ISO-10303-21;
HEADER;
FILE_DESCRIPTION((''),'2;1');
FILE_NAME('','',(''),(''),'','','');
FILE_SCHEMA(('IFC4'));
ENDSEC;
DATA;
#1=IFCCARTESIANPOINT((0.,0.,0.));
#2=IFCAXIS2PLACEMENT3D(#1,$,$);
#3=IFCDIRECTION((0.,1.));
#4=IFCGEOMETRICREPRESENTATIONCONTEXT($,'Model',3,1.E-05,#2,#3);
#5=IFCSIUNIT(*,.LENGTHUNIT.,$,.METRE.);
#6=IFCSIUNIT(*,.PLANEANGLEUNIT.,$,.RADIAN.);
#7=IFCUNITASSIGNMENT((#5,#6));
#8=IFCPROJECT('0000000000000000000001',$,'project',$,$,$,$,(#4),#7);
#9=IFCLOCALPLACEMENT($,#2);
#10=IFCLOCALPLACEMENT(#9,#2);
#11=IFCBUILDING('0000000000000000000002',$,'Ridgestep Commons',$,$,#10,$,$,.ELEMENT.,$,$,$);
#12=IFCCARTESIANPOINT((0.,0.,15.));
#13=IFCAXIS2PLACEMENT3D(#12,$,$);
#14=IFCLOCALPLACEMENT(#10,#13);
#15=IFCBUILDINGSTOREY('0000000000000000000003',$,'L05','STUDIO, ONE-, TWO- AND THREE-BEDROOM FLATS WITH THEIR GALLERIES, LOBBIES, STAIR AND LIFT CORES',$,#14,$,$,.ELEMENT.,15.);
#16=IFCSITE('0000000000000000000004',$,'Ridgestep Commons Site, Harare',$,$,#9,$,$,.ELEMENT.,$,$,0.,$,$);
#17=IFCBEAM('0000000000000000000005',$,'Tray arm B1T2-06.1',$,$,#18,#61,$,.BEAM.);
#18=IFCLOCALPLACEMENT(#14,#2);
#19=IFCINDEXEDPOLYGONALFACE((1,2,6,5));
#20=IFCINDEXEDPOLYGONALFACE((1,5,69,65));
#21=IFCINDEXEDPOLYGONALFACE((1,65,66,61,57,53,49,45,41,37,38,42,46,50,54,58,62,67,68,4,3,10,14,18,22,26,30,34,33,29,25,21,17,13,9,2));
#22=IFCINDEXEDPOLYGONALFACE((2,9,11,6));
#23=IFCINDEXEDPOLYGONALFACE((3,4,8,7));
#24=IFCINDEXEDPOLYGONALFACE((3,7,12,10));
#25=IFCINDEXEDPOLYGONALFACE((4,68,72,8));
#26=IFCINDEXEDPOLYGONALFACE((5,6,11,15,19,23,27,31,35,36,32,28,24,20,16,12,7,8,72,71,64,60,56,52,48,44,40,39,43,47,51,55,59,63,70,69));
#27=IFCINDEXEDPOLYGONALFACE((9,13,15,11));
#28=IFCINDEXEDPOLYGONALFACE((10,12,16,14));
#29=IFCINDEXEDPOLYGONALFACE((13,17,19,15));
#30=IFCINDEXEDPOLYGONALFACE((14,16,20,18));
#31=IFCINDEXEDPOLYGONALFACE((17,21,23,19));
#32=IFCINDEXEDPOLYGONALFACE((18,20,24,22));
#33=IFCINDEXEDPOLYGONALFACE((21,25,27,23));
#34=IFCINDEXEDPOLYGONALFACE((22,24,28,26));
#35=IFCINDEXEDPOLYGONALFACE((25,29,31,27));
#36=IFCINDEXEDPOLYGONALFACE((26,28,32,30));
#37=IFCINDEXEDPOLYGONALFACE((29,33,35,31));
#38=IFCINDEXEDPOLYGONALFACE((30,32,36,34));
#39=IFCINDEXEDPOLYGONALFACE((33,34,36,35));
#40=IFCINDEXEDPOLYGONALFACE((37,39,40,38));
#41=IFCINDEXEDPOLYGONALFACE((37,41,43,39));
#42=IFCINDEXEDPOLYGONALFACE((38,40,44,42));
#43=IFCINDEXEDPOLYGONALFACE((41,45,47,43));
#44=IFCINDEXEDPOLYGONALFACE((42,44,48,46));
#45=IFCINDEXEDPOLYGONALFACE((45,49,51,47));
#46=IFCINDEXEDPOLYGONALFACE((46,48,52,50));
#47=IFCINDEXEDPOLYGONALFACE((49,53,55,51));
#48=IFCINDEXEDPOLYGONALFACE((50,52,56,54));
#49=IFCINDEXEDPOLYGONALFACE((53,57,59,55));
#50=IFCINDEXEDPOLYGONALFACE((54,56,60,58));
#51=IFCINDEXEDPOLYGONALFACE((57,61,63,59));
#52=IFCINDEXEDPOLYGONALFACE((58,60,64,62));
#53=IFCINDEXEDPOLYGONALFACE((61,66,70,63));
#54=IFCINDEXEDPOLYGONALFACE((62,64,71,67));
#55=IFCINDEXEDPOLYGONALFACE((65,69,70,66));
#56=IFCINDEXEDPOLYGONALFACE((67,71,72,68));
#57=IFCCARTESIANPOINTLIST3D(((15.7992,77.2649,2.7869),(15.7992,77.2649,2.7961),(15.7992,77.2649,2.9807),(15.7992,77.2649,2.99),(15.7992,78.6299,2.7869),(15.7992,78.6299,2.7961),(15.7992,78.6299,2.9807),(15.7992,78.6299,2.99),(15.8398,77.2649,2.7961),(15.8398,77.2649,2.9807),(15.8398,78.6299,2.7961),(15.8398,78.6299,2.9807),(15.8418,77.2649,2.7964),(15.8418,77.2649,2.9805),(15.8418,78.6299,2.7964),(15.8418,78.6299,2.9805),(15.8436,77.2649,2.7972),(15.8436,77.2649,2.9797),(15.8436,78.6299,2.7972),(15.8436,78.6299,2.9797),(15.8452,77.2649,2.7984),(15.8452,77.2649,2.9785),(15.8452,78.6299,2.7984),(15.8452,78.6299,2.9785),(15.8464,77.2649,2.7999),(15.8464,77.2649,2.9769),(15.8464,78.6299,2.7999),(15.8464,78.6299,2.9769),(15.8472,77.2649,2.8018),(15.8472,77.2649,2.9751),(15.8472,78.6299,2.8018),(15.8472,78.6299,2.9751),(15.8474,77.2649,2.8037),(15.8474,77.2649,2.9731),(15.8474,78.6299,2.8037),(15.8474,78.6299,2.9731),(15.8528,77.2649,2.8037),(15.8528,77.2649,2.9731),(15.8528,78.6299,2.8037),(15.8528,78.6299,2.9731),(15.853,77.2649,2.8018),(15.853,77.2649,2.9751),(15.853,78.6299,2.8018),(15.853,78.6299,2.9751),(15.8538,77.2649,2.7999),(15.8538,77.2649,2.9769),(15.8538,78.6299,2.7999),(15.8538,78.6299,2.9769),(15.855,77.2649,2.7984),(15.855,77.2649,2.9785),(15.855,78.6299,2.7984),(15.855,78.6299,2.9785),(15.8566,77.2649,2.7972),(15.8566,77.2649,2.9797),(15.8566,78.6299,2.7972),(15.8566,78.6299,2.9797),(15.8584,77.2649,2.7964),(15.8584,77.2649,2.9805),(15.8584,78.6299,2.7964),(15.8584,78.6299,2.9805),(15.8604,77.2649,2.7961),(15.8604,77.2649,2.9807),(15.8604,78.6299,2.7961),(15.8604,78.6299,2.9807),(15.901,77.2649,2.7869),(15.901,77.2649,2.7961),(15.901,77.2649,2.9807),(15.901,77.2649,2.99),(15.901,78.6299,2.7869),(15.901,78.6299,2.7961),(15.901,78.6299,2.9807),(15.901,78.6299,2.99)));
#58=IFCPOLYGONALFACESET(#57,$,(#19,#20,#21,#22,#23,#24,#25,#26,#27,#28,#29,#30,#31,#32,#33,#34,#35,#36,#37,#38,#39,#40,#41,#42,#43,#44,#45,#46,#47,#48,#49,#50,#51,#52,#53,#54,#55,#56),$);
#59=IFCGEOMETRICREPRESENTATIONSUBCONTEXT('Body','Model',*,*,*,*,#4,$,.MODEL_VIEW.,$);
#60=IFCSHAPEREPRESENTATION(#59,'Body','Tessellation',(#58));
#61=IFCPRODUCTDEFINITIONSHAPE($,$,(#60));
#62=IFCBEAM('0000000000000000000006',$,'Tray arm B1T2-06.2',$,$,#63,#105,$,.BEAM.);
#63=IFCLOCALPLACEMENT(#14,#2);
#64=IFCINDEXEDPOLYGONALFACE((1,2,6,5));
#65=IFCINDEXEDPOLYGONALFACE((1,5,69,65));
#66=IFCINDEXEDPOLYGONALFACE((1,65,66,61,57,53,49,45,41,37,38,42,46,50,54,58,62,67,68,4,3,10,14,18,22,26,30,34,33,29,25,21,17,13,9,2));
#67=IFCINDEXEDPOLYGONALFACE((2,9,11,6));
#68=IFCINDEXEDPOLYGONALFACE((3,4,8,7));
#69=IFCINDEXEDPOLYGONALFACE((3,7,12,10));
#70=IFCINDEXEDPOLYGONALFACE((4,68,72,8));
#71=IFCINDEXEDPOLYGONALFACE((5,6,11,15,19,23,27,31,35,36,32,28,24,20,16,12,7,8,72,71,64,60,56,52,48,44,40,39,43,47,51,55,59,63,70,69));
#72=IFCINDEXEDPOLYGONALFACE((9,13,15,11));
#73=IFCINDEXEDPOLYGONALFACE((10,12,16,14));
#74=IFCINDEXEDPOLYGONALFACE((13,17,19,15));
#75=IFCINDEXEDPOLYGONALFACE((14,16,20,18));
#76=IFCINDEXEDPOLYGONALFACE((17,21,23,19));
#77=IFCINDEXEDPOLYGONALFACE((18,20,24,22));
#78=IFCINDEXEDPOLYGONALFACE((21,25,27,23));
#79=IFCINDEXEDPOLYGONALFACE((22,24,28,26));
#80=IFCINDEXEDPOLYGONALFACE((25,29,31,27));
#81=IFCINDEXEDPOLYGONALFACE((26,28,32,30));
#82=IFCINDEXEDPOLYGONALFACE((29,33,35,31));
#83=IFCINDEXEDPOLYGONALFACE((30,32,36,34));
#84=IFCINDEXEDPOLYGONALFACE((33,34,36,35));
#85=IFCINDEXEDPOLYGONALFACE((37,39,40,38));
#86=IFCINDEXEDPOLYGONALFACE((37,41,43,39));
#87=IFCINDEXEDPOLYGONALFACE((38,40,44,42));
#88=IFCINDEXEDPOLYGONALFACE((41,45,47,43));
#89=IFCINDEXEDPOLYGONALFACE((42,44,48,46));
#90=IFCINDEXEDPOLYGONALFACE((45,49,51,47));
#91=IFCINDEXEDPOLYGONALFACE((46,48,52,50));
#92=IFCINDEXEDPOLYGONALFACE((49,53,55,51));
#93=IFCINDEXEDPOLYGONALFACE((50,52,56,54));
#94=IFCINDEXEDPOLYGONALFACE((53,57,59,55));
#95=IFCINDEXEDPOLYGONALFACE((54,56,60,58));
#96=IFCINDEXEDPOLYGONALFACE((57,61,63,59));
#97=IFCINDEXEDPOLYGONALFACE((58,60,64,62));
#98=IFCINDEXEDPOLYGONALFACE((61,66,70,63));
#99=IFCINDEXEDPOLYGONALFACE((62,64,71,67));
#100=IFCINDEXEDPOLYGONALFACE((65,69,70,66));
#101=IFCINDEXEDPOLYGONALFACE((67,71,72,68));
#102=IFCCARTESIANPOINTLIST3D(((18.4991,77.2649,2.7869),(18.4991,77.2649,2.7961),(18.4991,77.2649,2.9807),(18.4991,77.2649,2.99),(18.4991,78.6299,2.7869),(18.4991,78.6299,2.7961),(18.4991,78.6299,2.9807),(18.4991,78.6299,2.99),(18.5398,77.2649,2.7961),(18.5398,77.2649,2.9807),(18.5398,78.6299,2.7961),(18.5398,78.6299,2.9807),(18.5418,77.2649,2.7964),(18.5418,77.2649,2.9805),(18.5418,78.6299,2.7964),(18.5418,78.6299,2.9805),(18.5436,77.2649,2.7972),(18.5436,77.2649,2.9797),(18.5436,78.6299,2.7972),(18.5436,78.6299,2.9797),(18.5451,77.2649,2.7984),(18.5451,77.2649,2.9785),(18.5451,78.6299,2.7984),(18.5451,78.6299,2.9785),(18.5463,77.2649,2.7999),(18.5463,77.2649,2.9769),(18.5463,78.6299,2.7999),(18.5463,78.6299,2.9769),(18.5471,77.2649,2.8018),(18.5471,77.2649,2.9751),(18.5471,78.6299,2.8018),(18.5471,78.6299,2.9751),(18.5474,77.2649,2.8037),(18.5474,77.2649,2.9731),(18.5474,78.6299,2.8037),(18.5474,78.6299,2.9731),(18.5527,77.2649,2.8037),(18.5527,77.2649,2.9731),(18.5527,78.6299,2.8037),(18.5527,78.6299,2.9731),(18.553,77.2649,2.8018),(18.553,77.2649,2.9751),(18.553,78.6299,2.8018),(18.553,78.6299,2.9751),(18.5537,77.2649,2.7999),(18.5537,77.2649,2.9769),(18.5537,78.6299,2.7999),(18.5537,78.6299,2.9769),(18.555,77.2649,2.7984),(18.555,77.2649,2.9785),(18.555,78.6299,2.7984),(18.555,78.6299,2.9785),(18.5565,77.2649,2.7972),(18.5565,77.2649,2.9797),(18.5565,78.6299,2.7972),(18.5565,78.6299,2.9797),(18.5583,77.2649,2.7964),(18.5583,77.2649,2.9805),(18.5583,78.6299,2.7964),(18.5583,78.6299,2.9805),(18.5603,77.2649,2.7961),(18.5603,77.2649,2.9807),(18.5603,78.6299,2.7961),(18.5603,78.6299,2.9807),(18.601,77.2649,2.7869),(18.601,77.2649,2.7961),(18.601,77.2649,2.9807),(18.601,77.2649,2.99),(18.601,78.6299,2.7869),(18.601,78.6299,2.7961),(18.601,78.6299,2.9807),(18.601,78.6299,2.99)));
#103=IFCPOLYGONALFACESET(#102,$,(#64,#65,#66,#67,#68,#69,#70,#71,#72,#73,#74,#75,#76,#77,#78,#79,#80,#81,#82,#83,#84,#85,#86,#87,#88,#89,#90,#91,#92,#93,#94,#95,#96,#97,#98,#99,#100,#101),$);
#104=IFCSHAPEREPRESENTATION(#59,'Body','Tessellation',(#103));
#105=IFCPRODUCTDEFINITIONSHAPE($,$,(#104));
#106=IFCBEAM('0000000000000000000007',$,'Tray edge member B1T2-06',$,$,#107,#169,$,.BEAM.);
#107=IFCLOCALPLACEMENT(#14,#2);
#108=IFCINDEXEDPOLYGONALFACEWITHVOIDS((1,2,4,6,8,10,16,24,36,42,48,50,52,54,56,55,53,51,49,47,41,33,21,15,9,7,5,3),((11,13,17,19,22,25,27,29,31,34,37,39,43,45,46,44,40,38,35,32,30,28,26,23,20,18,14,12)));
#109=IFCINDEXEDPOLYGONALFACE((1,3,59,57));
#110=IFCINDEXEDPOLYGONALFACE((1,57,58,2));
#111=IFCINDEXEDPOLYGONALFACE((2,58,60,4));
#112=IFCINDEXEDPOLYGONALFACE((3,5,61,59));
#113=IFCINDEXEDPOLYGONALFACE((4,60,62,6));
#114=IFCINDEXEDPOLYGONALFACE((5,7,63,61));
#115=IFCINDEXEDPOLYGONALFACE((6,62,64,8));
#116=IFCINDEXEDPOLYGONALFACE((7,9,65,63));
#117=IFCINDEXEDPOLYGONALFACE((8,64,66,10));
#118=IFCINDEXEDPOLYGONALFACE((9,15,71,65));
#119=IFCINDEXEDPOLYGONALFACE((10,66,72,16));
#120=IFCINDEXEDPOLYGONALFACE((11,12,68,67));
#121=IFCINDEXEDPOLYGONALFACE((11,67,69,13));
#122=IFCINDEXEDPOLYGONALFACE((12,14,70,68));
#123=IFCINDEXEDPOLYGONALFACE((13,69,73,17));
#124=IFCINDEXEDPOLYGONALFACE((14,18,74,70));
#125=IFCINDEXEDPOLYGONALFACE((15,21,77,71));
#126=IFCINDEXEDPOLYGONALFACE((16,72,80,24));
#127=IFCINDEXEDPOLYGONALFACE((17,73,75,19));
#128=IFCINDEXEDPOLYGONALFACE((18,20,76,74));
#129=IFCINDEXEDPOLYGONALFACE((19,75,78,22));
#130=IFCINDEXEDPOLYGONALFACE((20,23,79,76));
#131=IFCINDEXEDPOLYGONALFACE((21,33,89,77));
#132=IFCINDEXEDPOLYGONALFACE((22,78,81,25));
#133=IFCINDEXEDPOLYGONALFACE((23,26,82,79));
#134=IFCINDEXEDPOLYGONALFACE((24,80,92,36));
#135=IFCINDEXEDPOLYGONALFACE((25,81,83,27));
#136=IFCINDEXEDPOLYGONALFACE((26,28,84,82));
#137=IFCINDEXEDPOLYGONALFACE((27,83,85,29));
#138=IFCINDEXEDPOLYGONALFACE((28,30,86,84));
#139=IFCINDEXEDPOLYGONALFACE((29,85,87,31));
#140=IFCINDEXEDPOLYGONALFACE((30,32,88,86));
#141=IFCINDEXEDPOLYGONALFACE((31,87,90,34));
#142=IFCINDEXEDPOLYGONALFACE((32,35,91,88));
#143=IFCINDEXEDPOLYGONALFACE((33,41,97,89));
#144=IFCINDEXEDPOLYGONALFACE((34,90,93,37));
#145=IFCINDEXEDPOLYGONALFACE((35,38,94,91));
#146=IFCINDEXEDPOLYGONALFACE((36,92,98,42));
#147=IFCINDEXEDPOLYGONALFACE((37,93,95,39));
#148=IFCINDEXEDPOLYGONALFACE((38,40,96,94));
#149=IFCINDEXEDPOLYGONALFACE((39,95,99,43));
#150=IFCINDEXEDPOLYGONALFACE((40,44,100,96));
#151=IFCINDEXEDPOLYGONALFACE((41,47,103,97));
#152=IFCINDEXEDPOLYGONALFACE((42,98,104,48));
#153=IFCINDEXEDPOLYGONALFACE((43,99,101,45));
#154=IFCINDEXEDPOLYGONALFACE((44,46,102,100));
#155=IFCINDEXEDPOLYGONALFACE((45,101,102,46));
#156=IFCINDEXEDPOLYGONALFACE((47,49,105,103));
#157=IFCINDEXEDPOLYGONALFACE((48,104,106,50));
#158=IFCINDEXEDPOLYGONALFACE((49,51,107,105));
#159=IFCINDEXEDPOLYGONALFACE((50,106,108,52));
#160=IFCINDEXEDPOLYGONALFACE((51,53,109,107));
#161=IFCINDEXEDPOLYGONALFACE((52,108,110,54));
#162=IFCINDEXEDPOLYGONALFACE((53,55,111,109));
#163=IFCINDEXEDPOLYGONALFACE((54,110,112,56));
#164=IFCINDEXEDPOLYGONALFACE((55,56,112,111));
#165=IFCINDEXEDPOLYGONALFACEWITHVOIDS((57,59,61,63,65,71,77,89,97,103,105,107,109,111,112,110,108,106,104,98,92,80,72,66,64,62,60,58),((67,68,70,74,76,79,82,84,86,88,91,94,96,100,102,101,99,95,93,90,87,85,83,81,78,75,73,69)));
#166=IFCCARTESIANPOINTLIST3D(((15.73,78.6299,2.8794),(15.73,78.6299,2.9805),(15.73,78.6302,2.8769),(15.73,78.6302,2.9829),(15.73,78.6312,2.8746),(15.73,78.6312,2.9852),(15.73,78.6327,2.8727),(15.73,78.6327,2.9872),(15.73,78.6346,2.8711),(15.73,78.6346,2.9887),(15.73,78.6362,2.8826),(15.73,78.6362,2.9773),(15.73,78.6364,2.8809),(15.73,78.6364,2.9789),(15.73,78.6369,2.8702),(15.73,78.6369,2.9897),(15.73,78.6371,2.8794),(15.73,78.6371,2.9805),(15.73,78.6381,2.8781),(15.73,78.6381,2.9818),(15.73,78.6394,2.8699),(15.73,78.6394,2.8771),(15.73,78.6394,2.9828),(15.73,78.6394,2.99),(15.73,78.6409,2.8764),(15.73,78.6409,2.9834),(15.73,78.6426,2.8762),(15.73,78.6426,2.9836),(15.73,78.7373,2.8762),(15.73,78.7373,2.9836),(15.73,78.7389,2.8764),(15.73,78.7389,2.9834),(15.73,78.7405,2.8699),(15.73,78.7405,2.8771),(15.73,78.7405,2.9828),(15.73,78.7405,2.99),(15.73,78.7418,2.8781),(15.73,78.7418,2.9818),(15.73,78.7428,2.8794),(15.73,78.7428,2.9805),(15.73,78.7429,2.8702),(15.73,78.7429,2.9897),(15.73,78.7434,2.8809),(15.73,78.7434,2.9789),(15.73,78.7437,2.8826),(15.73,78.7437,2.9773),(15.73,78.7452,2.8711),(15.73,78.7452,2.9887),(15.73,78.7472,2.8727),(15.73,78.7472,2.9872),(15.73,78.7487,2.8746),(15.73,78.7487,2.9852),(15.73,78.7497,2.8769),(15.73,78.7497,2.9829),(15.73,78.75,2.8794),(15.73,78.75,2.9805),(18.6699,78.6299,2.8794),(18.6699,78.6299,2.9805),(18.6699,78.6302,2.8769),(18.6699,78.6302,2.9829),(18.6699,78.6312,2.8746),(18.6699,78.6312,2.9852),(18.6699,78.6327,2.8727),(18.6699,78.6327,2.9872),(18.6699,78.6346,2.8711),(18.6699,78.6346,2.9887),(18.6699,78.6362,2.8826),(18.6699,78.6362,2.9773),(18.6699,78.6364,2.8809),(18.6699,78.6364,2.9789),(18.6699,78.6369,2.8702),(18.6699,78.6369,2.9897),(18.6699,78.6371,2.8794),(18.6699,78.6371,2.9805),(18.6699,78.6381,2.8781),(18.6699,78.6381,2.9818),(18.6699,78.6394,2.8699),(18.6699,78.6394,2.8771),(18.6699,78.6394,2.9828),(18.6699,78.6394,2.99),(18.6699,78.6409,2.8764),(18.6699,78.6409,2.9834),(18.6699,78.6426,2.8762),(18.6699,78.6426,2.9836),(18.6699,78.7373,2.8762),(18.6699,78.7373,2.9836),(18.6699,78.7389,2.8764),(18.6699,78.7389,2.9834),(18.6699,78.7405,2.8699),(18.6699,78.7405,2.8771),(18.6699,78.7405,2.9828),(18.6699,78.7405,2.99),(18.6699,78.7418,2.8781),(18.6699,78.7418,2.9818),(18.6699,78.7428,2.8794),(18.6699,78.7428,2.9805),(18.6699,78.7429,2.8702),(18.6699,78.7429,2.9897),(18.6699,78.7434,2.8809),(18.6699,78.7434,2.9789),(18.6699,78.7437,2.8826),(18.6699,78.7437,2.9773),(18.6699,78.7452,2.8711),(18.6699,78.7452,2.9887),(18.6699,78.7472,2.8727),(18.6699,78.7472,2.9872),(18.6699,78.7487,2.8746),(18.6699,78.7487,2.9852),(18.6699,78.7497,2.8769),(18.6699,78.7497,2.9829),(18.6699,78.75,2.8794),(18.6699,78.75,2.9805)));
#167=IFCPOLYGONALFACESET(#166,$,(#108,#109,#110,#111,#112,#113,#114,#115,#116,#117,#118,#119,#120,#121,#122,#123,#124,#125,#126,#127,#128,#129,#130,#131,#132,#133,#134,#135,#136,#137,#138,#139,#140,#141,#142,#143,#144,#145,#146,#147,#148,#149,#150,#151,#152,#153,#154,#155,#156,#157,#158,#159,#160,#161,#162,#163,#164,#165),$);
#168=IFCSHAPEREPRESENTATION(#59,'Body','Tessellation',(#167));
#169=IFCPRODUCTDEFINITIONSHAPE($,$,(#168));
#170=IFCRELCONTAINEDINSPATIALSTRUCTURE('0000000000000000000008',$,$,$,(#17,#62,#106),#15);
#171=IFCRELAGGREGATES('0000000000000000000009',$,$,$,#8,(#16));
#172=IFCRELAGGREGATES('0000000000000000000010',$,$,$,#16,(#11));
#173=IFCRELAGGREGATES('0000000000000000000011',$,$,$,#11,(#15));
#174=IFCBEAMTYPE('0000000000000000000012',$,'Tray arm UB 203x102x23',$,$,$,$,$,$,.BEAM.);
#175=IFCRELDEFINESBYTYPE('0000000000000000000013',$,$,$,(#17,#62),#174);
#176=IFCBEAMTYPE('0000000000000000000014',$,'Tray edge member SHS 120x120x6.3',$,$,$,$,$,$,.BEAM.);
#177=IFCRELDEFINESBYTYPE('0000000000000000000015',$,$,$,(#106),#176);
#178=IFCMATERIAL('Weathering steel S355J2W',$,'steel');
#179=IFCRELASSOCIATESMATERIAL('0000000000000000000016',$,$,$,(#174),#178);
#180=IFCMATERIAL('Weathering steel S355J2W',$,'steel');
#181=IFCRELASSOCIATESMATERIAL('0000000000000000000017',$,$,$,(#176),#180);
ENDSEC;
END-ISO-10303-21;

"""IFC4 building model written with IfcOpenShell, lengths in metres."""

from ifc_helpers import new_model, si_unit, direction, frame, origin, origin_2d, place, context, subcontext, project, spatial, hollow_rectangle, i_section, extrude, material, material_profile, profile_set, type_object, element, save


model = new_model("IFC4")

# Units and contexts
model_context = context("Model", 3, precision=1e-05, world=origin(), true_north=direction((0.0, 1.0)))
body_context = subcontext(model_context, "Body", "Model", "MODEL_VIEW")
ifc_project = project(units=[si_unit("LENGTHUNIT", "METRE"), si_unit("PLANEANGLEUNIT", "RADIAN")], contexts=[model_context])

# Site, building, storey
site_placement = place(None, origin())
site = spatial("IfcSite", under=ifc_project, at=site_placement, Name="Ridgestep Commons Site, Harare", CompositionType="ELEMENT", RefElevation=0.0)
building_placement = place(site_placement, origin())
building = spatial("IfcBuilding", under=site, at=building_placement, Name="Ridgestep Commons", CompositionType="ELEMENT")
storey_placement = place(building_placement, frame((0.0, 0.0, 15.0)))
storey = spatial("IfcBuildingStorey", under=building, at=storey_placement, Name="L05", Description="STUDIO, ONE-, TWO- AND THREE-BEDROOM FLATS WITH THEIR GALLERIES, LOBBIES, STAIR AND LIFT CORES", CompositionType="ELEMENT", Elevation=15.0)

# Beams
ifc_material_1 = material(Name="Weathering steel S355J2W", Category="steel")
ifc_material_profile_1 = material_profile(ifc_material_1, i_section(OverallWidth=0.1018, OverallDepth=0.2031, WebThickness=0.0054, FlangeThickness=0.0093, FilletRadius=0.0076, at=origin_2d()), Name="UB 203x102x23")
ifc_profile_set_1 = profile_set([ifc_material_profile_1], Name="Weathering steel S355J2W")
beam_type_1 = type_object("IfcBeamType", Name="Tray arm UB 203x102x23", PredefinedType="BEAM", material=ifc_profile_set_1)
for number, where, z_axis, x_axis, name in (
    (1, (15.8501, 77.2649, 2.8884), (0.0, 1.0, 0.0), (-1.0, 0.0, 0.0), "Tray arm B1T2-06.1"),
    (2, (18.55, 77.2649, 2.8884), (0.0, 1.0, 0.0), (-1.0, 0.0, 0.0), "Tray arm B1T2-06.2"),
):
    element("IfcBeam", number, at=place(storey_placement, frame(where, z_axis=z_axis, x_axis=x_axis)), inside=storey, type_object=beam_type_1, Name=name, PredefinedType="BEAM", context=body_context, shape_type="SweptSolid", body=[
        extrude(i_section(OverallWidth=0.1018, OverallDepth=0.2031, WebThickness=0.0054, FlangeThickness=0.0093, FilletRadius=0.0076, at=origin_2d()), origin(), (0.0, 0.0, 1.0), 1.365),
    ])
ifc_material_2 = material(Name="Weathering steel S355J2W", Category="steel")
ifc_material_profile_2 = material_profile(ifc_material_2, hollow_rectangle(XDim=0.1201, YDim=0.1201, WallThickness=0.0063, InnerFilletRadius=0.0063, OuterFilletRadius=0.0095, at=origin_2d()), Name="SHS 120x120x6.3")
ifc_profile_set_2 = profile_set([ifc_material_profile_2], Name="Weathering steel S355J2W")
beam_type_2 = type_object("IfcBeamType", Name="Tray edge member SHS 120x120x6.3", PredefinedType="BEAM", material=ifc_profile_set_2)
beam_placement = place(storey_placement, frame((15.73, 78.6899, 2.9299), z_axis=(1.0, 0.0, 0.0), x_axis=(0.0, 0.0, 1.0)))
element("IfcBeam", 3, at=beam_placement, inside=storey, type_object=beam_type_2, Name="Tray edge member B1T2-06", PredefinedType="BEAM", context=body_context, shape_type="SweptSolid", body=[
    extrude(hollow_rectangle(XDim=0.1201, YDim=0.1201, WallThickness=0.0063, InnerFilletRadius=0.0063, OuterFilletRadius=0.0095, at=origin_2d()), origin(), (0.0, 0.0, 1.0), 2.9399),
])

save(model, "model.ifc")
